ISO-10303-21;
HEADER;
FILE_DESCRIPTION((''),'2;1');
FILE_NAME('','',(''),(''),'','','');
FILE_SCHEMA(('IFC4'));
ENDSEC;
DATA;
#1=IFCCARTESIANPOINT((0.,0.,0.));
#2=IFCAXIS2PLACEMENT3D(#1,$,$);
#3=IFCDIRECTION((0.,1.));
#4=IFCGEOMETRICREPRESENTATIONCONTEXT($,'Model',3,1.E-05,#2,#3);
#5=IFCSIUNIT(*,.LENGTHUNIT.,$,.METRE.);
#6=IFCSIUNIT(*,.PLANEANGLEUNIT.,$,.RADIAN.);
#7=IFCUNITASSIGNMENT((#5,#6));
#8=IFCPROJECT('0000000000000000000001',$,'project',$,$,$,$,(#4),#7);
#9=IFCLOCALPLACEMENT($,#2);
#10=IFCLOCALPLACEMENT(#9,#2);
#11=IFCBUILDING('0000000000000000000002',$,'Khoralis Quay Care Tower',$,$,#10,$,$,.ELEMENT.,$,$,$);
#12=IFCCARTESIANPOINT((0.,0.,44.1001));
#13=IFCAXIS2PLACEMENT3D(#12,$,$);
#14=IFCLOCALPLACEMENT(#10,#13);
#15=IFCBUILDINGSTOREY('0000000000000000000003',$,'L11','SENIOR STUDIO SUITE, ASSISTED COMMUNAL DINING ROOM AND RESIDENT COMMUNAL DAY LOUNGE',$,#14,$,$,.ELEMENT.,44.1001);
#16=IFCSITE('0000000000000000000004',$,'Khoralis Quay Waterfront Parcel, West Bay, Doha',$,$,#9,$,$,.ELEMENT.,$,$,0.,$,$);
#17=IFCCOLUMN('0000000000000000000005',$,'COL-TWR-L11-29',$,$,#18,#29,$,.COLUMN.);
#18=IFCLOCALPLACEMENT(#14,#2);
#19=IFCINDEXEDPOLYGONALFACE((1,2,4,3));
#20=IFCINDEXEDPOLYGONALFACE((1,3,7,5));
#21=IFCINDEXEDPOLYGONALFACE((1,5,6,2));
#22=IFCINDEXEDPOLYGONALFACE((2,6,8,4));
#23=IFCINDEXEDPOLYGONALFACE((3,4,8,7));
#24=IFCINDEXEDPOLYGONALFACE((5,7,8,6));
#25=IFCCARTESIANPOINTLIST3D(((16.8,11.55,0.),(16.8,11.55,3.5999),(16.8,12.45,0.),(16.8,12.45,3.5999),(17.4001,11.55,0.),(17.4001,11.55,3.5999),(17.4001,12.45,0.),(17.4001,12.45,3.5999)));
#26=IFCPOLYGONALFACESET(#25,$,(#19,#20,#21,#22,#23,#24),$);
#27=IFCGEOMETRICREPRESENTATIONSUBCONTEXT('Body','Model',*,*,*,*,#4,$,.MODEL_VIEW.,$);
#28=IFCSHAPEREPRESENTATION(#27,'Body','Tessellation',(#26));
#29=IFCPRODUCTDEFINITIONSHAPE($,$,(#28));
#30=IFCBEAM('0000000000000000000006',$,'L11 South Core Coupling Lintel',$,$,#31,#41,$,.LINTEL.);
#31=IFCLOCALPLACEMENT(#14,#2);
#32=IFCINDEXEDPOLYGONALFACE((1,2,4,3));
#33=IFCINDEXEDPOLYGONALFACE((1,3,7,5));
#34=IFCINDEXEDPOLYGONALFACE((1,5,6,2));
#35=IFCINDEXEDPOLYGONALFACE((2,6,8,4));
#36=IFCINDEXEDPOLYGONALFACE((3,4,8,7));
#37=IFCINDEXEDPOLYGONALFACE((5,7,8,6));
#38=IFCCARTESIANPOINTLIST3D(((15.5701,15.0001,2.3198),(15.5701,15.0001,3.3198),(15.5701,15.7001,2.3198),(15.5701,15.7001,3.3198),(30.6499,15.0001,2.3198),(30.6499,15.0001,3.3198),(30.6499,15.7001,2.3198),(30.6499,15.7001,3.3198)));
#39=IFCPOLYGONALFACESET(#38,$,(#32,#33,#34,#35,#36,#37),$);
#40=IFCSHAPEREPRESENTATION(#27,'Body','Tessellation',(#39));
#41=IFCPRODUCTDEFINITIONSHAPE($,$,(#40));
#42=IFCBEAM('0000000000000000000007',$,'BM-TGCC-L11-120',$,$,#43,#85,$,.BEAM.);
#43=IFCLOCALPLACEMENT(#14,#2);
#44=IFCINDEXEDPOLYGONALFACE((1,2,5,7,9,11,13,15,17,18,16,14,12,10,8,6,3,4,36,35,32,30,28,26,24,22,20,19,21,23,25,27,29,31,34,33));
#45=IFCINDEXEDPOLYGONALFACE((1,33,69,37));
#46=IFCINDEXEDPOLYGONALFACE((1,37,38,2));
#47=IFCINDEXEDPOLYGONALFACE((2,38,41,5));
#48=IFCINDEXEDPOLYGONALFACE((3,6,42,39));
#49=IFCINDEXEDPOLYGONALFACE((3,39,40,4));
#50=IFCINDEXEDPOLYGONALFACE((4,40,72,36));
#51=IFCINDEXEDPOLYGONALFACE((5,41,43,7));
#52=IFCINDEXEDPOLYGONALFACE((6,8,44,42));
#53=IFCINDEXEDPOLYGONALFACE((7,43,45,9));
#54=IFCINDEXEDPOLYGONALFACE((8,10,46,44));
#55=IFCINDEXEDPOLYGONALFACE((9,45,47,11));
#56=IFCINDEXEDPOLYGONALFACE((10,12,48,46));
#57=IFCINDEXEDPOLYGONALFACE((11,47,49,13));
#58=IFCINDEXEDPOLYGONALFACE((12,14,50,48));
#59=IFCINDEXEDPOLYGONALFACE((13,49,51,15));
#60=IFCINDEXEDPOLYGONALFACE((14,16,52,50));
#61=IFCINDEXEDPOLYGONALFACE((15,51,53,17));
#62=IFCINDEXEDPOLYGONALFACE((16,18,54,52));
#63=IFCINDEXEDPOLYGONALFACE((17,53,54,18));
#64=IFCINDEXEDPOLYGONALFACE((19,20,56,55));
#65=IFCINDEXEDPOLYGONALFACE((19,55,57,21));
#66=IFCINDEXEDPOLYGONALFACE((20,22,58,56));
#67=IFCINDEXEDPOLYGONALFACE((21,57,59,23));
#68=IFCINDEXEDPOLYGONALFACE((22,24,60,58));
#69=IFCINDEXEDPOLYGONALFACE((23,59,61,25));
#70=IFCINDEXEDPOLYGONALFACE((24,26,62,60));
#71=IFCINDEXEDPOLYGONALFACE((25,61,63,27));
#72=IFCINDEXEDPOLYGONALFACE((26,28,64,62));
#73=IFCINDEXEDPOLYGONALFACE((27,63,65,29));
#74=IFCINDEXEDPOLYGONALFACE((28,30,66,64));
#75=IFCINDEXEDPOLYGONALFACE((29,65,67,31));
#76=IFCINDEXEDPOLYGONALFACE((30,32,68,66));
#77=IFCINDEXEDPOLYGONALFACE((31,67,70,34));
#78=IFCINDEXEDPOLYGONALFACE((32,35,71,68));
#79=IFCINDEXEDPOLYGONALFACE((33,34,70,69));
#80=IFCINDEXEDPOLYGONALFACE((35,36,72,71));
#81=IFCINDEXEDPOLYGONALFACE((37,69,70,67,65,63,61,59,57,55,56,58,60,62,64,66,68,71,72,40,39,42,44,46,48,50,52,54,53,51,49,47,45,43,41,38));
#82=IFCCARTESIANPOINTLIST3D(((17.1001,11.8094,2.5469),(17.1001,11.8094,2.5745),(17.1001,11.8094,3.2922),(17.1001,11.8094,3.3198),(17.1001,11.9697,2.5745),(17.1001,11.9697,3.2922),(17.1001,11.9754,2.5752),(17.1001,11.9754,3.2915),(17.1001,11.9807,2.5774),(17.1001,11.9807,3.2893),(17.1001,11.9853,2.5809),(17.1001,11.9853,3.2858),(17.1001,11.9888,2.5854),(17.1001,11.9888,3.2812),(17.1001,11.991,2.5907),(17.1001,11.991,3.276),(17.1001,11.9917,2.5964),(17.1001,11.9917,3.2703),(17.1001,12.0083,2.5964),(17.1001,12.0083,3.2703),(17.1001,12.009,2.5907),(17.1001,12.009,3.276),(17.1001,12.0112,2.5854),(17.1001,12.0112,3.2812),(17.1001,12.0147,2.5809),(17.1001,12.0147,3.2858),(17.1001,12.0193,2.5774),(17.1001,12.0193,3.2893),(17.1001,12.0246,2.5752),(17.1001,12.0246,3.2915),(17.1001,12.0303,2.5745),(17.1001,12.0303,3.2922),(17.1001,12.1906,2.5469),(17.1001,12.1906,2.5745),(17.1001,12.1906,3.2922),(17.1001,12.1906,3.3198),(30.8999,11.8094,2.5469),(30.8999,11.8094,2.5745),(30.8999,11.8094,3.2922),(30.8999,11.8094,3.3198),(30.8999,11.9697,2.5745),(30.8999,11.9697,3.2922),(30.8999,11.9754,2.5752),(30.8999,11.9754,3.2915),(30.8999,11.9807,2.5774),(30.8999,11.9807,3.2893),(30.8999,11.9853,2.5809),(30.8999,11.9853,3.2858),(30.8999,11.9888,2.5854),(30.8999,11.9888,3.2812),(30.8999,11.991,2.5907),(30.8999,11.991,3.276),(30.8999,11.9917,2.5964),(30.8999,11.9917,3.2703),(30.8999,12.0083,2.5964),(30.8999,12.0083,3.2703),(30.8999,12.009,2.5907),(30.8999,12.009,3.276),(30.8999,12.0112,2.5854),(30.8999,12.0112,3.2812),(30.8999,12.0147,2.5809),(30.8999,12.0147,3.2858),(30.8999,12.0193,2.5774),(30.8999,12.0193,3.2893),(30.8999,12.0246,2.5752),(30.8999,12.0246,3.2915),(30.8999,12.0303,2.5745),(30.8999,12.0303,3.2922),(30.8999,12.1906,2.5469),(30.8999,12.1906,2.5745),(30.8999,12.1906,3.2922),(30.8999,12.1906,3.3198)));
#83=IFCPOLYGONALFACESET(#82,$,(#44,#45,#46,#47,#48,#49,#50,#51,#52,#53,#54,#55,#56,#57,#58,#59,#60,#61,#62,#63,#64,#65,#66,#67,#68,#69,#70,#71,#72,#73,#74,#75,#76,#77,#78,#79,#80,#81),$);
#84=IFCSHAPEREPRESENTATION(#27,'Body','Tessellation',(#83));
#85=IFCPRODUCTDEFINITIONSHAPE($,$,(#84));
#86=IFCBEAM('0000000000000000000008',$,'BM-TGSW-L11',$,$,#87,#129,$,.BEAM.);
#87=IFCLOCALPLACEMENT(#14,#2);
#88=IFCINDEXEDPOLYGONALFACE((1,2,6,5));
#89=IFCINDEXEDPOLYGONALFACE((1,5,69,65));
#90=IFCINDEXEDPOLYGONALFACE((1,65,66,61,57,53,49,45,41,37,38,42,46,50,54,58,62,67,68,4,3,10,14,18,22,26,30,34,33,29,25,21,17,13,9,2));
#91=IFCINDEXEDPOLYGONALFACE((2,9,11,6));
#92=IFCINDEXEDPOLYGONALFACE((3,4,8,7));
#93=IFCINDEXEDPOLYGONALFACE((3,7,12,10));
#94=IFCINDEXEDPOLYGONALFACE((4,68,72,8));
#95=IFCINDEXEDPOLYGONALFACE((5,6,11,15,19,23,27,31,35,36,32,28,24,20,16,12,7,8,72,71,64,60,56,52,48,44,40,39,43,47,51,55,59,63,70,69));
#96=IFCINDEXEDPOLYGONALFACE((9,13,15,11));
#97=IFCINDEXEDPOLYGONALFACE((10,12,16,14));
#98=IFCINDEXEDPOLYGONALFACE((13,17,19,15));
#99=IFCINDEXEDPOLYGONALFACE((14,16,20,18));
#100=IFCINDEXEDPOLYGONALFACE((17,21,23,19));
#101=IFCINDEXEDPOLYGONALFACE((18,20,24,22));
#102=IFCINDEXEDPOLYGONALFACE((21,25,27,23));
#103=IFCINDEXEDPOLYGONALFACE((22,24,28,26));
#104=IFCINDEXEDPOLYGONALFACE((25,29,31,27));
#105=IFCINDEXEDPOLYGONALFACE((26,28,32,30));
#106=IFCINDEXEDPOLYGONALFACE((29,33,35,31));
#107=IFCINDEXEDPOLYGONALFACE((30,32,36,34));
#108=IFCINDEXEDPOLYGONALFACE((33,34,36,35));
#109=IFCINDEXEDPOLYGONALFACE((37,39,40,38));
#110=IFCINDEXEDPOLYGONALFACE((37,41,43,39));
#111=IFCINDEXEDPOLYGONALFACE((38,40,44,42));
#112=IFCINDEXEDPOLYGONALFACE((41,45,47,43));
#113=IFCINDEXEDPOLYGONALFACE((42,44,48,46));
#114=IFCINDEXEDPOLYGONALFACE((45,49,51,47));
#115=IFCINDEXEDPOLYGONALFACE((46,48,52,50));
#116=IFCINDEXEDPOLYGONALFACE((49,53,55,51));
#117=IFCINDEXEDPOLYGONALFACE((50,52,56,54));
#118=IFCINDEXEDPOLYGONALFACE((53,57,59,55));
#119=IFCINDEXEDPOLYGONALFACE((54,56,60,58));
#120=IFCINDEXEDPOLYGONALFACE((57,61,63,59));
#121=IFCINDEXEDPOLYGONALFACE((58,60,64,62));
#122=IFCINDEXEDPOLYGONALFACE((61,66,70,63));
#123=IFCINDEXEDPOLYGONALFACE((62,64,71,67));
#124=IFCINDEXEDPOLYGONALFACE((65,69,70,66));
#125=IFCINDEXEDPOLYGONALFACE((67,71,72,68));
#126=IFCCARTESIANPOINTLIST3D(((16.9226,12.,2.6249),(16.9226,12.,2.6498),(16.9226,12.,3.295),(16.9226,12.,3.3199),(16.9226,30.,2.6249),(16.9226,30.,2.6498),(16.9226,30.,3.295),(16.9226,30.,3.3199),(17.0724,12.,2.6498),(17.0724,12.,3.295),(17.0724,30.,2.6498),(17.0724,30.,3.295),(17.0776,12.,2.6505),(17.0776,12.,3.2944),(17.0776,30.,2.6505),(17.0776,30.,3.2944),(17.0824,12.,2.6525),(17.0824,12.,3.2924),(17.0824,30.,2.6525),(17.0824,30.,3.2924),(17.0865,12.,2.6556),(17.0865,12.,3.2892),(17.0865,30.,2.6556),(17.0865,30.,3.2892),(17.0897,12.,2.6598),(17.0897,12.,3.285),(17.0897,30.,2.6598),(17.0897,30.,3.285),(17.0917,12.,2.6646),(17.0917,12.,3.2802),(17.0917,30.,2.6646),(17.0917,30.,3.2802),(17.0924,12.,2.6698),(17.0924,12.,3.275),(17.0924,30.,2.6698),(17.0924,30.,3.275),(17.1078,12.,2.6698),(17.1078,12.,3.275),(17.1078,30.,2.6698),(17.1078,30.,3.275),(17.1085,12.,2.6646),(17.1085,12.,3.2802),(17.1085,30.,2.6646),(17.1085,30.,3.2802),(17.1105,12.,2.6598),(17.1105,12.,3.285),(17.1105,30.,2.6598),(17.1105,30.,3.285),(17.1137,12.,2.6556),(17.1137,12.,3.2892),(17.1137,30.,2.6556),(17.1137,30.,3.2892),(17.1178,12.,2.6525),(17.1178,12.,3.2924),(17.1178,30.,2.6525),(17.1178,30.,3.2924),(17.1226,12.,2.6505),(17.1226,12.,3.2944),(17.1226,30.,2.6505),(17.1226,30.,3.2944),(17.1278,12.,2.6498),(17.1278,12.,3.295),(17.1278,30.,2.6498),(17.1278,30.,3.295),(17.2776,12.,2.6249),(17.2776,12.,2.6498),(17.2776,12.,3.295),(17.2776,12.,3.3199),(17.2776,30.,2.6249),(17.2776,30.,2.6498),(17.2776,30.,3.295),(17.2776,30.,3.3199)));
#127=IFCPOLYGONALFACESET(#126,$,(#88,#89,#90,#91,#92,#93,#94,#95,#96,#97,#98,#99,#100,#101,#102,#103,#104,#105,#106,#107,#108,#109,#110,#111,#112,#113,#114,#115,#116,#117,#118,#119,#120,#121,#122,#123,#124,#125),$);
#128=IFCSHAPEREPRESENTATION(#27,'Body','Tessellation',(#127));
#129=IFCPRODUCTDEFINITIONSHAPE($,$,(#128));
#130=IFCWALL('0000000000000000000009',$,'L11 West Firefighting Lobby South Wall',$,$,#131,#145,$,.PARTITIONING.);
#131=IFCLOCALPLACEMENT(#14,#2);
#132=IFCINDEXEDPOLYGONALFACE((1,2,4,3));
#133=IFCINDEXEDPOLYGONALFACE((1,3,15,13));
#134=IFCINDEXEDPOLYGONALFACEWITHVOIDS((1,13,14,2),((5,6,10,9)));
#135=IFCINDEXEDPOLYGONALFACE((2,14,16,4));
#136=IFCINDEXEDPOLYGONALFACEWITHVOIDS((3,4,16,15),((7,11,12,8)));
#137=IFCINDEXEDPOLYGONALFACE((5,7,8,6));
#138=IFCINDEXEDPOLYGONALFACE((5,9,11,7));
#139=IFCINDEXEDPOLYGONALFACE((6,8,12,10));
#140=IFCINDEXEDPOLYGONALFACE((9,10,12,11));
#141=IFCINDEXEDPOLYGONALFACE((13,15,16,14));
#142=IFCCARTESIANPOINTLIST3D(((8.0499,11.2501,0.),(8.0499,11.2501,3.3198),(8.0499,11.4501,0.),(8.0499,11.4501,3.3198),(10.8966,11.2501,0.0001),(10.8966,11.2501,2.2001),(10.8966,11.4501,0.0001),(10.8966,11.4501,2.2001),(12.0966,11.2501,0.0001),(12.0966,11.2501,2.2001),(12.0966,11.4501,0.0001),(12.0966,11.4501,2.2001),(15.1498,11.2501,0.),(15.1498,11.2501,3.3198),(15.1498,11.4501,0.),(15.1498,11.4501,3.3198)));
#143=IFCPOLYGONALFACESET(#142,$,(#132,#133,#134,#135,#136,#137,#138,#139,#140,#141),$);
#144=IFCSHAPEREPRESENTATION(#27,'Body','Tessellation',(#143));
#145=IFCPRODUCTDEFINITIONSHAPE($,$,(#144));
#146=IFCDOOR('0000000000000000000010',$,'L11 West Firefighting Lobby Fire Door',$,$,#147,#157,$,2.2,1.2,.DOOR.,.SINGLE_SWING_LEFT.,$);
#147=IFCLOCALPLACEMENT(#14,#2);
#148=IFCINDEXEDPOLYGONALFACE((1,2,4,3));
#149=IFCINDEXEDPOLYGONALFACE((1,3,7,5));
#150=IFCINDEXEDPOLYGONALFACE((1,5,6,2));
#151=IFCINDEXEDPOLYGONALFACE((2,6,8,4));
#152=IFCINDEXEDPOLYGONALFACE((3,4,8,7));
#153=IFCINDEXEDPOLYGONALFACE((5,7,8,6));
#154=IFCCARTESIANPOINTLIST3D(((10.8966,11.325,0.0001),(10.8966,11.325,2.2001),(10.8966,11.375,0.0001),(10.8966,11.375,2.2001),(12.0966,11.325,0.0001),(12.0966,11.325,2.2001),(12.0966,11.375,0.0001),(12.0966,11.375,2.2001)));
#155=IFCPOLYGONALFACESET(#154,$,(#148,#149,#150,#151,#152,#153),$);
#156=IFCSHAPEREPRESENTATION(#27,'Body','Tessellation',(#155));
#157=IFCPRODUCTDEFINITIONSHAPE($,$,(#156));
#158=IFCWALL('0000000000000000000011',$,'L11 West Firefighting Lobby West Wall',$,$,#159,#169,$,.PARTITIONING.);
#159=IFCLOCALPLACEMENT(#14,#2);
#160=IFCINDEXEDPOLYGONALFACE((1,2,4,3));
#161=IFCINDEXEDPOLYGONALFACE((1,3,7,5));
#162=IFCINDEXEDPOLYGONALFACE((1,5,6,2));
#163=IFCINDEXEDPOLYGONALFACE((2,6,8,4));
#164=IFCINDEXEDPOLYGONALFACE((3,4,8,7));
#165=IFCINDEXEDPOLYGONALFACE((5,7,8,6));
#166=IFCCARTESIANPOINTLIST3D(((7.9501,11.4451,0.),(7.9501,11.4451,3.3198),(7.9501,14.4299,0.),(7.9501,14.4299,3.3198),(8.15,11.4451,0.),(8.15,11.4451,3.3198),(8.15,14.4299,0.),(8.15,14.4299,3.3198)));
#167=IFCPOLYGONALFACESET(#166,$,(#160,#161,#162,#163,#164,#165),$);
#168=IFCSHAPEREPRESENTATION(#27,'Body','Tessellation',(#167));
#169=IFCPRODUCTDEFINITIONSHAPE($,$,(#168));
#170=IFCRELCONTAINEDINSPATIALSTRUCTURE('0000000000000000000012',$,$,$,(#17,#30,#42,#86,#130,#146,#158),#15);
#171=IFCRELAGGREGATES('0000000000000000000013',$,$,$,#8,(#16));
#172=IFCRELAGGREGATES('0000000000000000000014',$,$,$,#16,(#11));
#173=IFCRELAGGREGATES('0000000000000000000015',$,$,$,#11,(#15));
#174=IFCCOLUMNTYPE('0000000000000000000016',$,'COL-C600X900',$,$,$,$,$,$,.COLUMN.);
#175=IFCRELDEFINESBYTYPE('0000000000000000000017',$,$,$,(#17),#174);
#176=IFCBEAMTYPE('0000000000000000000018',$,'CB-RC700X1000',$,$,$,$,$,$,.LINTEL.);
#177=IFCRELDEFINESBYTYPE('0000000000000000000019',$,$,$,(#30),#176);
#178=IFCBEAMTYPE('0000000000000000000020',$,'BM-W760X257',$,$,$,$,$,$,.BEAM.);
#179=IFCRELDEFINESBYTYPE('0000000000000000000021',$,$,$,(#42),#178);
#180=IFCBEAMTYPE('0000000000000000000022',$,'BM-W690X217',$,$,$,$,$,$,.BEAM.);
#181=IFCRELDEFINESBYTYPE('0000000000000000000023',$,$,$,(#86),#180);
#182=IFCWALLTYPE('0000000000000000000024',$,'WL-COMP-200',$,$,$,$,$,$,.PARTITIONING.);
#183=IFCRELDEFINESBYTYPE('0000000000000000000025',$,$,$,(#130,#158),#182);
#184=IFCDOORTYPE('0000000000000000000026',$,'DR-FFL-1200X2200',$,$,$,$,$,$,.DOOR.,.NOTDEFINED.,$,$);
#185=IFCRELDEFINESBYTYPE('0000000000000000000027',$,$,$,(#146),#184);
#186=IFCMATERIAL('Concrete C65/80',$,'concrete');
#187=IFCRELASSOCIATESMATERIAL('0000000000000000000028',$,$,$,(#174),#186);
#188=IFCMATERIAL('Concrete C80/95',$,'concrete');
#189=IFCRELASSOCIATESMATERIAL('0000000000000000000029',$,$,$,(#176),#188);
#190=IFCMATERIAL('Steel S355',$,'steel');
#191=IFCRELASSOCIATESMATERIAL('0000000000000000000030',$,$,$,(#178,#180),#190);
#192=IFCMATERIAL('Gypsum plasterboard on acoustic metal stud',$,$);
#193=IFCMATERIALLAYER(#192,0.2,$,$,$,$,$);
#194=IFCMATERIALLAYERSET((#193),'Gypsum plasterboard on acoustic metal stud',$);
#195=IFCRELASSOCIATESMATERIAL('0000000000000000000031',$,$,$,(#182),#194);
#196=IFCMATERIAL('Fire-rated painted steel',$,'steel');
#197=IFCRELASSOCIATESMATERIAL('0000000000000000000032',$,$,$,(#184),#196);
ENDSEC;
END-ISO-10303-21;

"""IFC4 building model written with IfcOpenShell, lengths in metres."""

from ifc_helpers import new_model, si_unit, direction, frame, frame_2d, origin, origin_2d, place, context, subcontext, project, spatial, rectangle, i_section, extrude, source, transform, mapped, material, layer, layer_set, material_profile, profile_set, type_object, element, fill, save


model = new_model("IFC4")

# Units and contexts
model_context = context("Model", 3, precision=1e-05, world=origin(), true_north=direction((0.0, 1.0)))
body_context = subcontext(model_context, "Body", "Model", "MODEL_VIEW")
ifc_project = project(units=[si_unit("LENGTHUNIT", "METRE"), si_unit("PLANEANGLEUNIT", "RADIAN")], contexts=[model_context])

# Site, building, storey
site_placement = place(None, origin())
site = spatial("IfcSite", under=ifc_project, at=site_placement, Name="Khoralis Quay Waterfront Parcel, West Bay, Doha", CompositionType="ELEMENT", RefElevation=0.0)
building_placement = place(site_placement, origin())
building = spatial("IfcBuilding", under=site, at=building_placement, Name="Khoralis Quay Care Tower", CompositionType="ELEMENT")
storey_placement = place(building_placement, frame((0.0, 0.0, 44.1001)))
storey = spatial("IfcBuildingStorey", under=building, at=storey_placement, Name="L11", Description="SENIOR STUDIO SUITE, ASSISTED COMMUNAL DINING ROOM AND RESIDENT COMMUNAL DAY LOUNGE", CompositionType="ELEMENT", Elevation=44.1001)

# Column
ifc_material_1 = material(Name="Concrete C65/80", Category="concrete")
ifc_material_profile_1 = material_profile(ifc_material_1, rectangle(XDim=0.6001, YDim=0.8999, at=origin_2d()), Name="Concrete C65/80")
ifc_profile_set_1 = profile_set([ifc_material_profile_1], Name="Concrete C65/80")
column_type = type_object("IfcColumnType", Name="COL-C600X900", PredefinedType="COLUMN", material=ifc_profile_set_1)
shared_shape_1 = source(origin(), body_context, "Body", "SweptSolid", [
    extrude(rectangle(XDim=0.6001, YDim=0.8999, at=origin_2d()), origin(), (0.0, 0.0, 1.0), 3.5999),
])
column_placement = place(storey_placement, frame((17.1001, 12.0, 0.0), z_axis=(0.0, 0.0, 1.0), x_axis=(1.0, 0.0, 0.0)))
element("IfcColumn", 1, at=column_placement, inside=storey, type_object=column_type, Name="COL-TWR-L11-29", PredefinedType="COLUMN", context=body_context, shape_type="MappedRepresentation", body=[
    mapped(shared_shape_1, transform((0.0, 0.0, 0.0), scale=1.0)),
])

# Beams
ifc_material_2 = material(Name="Concrete C80/95", Category="concrete")
ifc_material_profile_2 = material_profile(ifc_material_2, rectangle(XDim=0.7, YDim=1.0, at=origin_2d()), Name="Concrete C80/95")
ifc_profile_set_2 = profile_set([ifc_material_profile_2], Name="Concrete C80/95")
beam_type_1 = type_object("IfcBeamType", Name="CB-RC700X1000", PredefinedType="LINTEL", material=ifc_profile_set_2)
shared_shape_2 = source(origin(), body_context, "Body", "SweptSolid", [
    extrude(rectangle(XDim=0.7, YDim=1.0, at=origin_2d()), origin(), (0.0, 0.0, 1.0), 15.0798),
])
beam_1_placement = place(storey_placement, frame((15.5701, 15.3501, 2.8198), z_axis=(1.0, 0.0, 0.0), x_axis=(0.0, 1.0, 0.0)))
element("IfcBeam", 2, at=beam_1_placement, inside=storey, type_object=beam_type_1, Name="L11 South Core Coupling Lintel", PredefinedType="LINTEL", context=body_context, shape_type="MappedRepresentation", body=[
    mapped(shared_shape_2, transform((0.0, 0.0, 0.0), scale=1.0)),
])
ifc_material_3 = material(Name="Steel S355", Category="steel")
ifc_material_profile_3 = material_profile(ifc_material_3, i_section(OverallWidth=0.3811, OverallDepth=0.7729, WebThickness=0.0166, FlangeThickness=0.0276, FilletRadius=0.022, at=origin_2d()), Name="Steel S355")
ifc_profile_set_3 = profile_set([ifc_material_profile_3], Name="Steel S355")
beam_type_2 = type_object("IfcBeamType", Name="BM-W760X257", PredefinedType="BEAM", material=ifc_profile_set_3)
shared_shape_3 = source(origin(), body_context, "Body", "SweptSolid", [
    extrude(i_section(OverallWidth=0.3811, OverallDepth=0.7729, WebThickness=0.0166, FlangeThickness=0.0276, FilletRadius=0.022, at=origin_2d()), origin(), (0.0, 0.0, 1.0), 13.7998),
])
beam_2_placement = place(storey_placement, frame((17.1001, 12.0, 2.9333), z_axis=(1.0, 0.0, 0.0), x_axis=(0.0, 1.0, 0.0)))
element("IfcBeam", 3, at=beam_2_placement, inside=storey, type_object=beam_type_2, Name="BM-TGCC-L11-120", PredefinedType="BEAM", context=body_context, shape_type="MappedRepresentation", body=[
    mapped(shared_shape_3, transform((0.0, 0.0, 0.0), scale=1.0)),
])
ifc_material_profile_4 = material_profile(ifc_material_3, i_section(OverallWidth=0.355, OverallDepth=0.6951, WebThickness=0.0154, FlangeThickness=0.0249, FilletRadius=0.02, at=origin_2d()), Name="Steel S355")
ifc_profile_set_4 = profile_set([ifc_material_profile_4], Name="Steel S355")
beam_type_3 = type_object("IfcBeamType", Name="BM-W690X217", PredefinedType="BEAM", material=ifc_profile_set_4)
shared_shape_4 = source(origin(), body_context, "Body", "SweptSolid", [
    extrude(i_section(OverallWidth=0.355, OverallDepth=0.6951, WebThickness=0.0154, FlangeThickness=0.0249, FilletRadius=0.02, at=origin_2d()), origin(), (0.0, 0.0, 1.0), 18.0),
])
beam_3_placement = place(storey_placement, frame((17.1001, 12.0, 2.9724), z_axis=(0.0, 1.0, 0.0), x_axis=(-1.0, 0.0, 0.0)))
element("IfcBeam", 4, at=beam_3_placement, inside=storey, type_object=beam_type_3, Name="BM-TGSW-L11", PredefinedType="BEAM", context=body_context, shape_type="MappedRepresentation", body=[
    mapped(shared_shape_4, transform((0.0, 0.0, 0.0), scale=1.0)),
])

# Wall, opening, door
ifc_material_4 = material(Name="Gypsum plasterboard on acoustic metal stud")
ifc_layer_1 = layer(ifc_material_4, 0.2)
ifc_layer_set_1 = layer_set([ifc_layer_1], Name="Gypsum plasterboard on acoustic metal stud")
wall_type_1 = type_object("IfcWallType", Name="WL-COMP-200", PredefinedType="PARTITIONING", material=ifc_layer_set_1)
wall_1_placement = place(storey_placement, frame((8.05, 11.3501, 0.0), z_axis=(0.0, 0.0, 1.0), x_axis=(1.0, 0.0, 0.0)))
wall_1 = element("IfcWall", 5, at=wall_1_placement, inside=storey, type_object=wall_type_1, Name="L11 West Firefighting Lobby South Wall", PredefinedType="PARTITIONING", context=body_context, shape_type="SweptSolid", body=[
    extrude(rectangle(XDim=7.0999, YDim=0.2, at=frame_2d((3.5498, 0.0))), origin(), (0.0, 0.0, 1.0), 3.3198),
])
opening_1_placement = place(wall_1_placement, frame((2.8464, 0.0, 0.0)))
opening_1 = element("IfcOpeningElement", 6, at=opening_1_placement, cuts=wall_1, PredefinedType="OPENING", context=body_context, shape_type="SweptSolid", body=[
    extrude(rectangle(XDim=1.2, YDim=2.2, at=frame_2d((0.6001, 1.1001))), frame((0.0, 0.1099, 0.0), z_axis=(0.0, -1.0, 0.0), x_axis=(1.0, 0.0, 0.0)), (0.0, 0.0, 1.0), 0.22),
])
ifc_material_5 = material(Name="Fire-rated painted steel", Category="steel")
door_type_1 = type_object("IfcDoorType", Name="DR-FFL-1200X2200", OperationType="NOTDEFINED", PredefinedType="DOOR", material=ifc_material_5)
shared_shape_5 = source(origin(), body_context, "Body", "SweptSolid", [
    extrude(rectangle(XDim=1.2, YDim=2.2, at=frame_2d((0.6001, 1.1001))), frame((0.0, 0.0249, 0.0), z_axis=(0.0, -1.0, 0.0), x_axis=(1.0, 0.0, 0.0)), (0.0, 0.0, 1.0), 0.05),
])
door_1_placement = place(opening_1_placement, origin())
door_1 = element("IfcDoor", 7, at=door_1_placement, inside=storey, type_object=door_type_1, Name="L11 West Firefighting Lobby Fire Door", OperationType="SINGLE_SWING_LEFT", OverallHeight=2.2, OverallWidth=1.2, PredefinedType="DOOR", context=body_context, shape_type="MappedRepresentation", body=[
    mapped(shared_shape_5, transform((0.0, 0.0, 0.0), scale=1.0)),
])
fill(opening_1, door_1)

# Wall
for number, where, z_axis, x_axis, name in (
    (8, (8.05, 11.4451, 0.0), (0.0, 0.0, 1.0), (0.0, 1.0, 0.0), "L11 West Firefighting Lobby West Wall"),
):
    element("IfcWall", number, at=place(storey_placement, frame(where, z_axis=z_axis, x_axis=x_axis)), inside=storey, type_object=wall_type_1, Name=name, PredefinedType="PARTITIONING", context=body_context, shape_type="SweptSolid", body=[
        extrude(rectangle(XDim=2.9849, YDim=0.2, at=frame_2d((1.4924, 0.0))), origin(), (0.0, 0.0, 1.0), 3.3198),
    ])

save(model, "model.ifc")
